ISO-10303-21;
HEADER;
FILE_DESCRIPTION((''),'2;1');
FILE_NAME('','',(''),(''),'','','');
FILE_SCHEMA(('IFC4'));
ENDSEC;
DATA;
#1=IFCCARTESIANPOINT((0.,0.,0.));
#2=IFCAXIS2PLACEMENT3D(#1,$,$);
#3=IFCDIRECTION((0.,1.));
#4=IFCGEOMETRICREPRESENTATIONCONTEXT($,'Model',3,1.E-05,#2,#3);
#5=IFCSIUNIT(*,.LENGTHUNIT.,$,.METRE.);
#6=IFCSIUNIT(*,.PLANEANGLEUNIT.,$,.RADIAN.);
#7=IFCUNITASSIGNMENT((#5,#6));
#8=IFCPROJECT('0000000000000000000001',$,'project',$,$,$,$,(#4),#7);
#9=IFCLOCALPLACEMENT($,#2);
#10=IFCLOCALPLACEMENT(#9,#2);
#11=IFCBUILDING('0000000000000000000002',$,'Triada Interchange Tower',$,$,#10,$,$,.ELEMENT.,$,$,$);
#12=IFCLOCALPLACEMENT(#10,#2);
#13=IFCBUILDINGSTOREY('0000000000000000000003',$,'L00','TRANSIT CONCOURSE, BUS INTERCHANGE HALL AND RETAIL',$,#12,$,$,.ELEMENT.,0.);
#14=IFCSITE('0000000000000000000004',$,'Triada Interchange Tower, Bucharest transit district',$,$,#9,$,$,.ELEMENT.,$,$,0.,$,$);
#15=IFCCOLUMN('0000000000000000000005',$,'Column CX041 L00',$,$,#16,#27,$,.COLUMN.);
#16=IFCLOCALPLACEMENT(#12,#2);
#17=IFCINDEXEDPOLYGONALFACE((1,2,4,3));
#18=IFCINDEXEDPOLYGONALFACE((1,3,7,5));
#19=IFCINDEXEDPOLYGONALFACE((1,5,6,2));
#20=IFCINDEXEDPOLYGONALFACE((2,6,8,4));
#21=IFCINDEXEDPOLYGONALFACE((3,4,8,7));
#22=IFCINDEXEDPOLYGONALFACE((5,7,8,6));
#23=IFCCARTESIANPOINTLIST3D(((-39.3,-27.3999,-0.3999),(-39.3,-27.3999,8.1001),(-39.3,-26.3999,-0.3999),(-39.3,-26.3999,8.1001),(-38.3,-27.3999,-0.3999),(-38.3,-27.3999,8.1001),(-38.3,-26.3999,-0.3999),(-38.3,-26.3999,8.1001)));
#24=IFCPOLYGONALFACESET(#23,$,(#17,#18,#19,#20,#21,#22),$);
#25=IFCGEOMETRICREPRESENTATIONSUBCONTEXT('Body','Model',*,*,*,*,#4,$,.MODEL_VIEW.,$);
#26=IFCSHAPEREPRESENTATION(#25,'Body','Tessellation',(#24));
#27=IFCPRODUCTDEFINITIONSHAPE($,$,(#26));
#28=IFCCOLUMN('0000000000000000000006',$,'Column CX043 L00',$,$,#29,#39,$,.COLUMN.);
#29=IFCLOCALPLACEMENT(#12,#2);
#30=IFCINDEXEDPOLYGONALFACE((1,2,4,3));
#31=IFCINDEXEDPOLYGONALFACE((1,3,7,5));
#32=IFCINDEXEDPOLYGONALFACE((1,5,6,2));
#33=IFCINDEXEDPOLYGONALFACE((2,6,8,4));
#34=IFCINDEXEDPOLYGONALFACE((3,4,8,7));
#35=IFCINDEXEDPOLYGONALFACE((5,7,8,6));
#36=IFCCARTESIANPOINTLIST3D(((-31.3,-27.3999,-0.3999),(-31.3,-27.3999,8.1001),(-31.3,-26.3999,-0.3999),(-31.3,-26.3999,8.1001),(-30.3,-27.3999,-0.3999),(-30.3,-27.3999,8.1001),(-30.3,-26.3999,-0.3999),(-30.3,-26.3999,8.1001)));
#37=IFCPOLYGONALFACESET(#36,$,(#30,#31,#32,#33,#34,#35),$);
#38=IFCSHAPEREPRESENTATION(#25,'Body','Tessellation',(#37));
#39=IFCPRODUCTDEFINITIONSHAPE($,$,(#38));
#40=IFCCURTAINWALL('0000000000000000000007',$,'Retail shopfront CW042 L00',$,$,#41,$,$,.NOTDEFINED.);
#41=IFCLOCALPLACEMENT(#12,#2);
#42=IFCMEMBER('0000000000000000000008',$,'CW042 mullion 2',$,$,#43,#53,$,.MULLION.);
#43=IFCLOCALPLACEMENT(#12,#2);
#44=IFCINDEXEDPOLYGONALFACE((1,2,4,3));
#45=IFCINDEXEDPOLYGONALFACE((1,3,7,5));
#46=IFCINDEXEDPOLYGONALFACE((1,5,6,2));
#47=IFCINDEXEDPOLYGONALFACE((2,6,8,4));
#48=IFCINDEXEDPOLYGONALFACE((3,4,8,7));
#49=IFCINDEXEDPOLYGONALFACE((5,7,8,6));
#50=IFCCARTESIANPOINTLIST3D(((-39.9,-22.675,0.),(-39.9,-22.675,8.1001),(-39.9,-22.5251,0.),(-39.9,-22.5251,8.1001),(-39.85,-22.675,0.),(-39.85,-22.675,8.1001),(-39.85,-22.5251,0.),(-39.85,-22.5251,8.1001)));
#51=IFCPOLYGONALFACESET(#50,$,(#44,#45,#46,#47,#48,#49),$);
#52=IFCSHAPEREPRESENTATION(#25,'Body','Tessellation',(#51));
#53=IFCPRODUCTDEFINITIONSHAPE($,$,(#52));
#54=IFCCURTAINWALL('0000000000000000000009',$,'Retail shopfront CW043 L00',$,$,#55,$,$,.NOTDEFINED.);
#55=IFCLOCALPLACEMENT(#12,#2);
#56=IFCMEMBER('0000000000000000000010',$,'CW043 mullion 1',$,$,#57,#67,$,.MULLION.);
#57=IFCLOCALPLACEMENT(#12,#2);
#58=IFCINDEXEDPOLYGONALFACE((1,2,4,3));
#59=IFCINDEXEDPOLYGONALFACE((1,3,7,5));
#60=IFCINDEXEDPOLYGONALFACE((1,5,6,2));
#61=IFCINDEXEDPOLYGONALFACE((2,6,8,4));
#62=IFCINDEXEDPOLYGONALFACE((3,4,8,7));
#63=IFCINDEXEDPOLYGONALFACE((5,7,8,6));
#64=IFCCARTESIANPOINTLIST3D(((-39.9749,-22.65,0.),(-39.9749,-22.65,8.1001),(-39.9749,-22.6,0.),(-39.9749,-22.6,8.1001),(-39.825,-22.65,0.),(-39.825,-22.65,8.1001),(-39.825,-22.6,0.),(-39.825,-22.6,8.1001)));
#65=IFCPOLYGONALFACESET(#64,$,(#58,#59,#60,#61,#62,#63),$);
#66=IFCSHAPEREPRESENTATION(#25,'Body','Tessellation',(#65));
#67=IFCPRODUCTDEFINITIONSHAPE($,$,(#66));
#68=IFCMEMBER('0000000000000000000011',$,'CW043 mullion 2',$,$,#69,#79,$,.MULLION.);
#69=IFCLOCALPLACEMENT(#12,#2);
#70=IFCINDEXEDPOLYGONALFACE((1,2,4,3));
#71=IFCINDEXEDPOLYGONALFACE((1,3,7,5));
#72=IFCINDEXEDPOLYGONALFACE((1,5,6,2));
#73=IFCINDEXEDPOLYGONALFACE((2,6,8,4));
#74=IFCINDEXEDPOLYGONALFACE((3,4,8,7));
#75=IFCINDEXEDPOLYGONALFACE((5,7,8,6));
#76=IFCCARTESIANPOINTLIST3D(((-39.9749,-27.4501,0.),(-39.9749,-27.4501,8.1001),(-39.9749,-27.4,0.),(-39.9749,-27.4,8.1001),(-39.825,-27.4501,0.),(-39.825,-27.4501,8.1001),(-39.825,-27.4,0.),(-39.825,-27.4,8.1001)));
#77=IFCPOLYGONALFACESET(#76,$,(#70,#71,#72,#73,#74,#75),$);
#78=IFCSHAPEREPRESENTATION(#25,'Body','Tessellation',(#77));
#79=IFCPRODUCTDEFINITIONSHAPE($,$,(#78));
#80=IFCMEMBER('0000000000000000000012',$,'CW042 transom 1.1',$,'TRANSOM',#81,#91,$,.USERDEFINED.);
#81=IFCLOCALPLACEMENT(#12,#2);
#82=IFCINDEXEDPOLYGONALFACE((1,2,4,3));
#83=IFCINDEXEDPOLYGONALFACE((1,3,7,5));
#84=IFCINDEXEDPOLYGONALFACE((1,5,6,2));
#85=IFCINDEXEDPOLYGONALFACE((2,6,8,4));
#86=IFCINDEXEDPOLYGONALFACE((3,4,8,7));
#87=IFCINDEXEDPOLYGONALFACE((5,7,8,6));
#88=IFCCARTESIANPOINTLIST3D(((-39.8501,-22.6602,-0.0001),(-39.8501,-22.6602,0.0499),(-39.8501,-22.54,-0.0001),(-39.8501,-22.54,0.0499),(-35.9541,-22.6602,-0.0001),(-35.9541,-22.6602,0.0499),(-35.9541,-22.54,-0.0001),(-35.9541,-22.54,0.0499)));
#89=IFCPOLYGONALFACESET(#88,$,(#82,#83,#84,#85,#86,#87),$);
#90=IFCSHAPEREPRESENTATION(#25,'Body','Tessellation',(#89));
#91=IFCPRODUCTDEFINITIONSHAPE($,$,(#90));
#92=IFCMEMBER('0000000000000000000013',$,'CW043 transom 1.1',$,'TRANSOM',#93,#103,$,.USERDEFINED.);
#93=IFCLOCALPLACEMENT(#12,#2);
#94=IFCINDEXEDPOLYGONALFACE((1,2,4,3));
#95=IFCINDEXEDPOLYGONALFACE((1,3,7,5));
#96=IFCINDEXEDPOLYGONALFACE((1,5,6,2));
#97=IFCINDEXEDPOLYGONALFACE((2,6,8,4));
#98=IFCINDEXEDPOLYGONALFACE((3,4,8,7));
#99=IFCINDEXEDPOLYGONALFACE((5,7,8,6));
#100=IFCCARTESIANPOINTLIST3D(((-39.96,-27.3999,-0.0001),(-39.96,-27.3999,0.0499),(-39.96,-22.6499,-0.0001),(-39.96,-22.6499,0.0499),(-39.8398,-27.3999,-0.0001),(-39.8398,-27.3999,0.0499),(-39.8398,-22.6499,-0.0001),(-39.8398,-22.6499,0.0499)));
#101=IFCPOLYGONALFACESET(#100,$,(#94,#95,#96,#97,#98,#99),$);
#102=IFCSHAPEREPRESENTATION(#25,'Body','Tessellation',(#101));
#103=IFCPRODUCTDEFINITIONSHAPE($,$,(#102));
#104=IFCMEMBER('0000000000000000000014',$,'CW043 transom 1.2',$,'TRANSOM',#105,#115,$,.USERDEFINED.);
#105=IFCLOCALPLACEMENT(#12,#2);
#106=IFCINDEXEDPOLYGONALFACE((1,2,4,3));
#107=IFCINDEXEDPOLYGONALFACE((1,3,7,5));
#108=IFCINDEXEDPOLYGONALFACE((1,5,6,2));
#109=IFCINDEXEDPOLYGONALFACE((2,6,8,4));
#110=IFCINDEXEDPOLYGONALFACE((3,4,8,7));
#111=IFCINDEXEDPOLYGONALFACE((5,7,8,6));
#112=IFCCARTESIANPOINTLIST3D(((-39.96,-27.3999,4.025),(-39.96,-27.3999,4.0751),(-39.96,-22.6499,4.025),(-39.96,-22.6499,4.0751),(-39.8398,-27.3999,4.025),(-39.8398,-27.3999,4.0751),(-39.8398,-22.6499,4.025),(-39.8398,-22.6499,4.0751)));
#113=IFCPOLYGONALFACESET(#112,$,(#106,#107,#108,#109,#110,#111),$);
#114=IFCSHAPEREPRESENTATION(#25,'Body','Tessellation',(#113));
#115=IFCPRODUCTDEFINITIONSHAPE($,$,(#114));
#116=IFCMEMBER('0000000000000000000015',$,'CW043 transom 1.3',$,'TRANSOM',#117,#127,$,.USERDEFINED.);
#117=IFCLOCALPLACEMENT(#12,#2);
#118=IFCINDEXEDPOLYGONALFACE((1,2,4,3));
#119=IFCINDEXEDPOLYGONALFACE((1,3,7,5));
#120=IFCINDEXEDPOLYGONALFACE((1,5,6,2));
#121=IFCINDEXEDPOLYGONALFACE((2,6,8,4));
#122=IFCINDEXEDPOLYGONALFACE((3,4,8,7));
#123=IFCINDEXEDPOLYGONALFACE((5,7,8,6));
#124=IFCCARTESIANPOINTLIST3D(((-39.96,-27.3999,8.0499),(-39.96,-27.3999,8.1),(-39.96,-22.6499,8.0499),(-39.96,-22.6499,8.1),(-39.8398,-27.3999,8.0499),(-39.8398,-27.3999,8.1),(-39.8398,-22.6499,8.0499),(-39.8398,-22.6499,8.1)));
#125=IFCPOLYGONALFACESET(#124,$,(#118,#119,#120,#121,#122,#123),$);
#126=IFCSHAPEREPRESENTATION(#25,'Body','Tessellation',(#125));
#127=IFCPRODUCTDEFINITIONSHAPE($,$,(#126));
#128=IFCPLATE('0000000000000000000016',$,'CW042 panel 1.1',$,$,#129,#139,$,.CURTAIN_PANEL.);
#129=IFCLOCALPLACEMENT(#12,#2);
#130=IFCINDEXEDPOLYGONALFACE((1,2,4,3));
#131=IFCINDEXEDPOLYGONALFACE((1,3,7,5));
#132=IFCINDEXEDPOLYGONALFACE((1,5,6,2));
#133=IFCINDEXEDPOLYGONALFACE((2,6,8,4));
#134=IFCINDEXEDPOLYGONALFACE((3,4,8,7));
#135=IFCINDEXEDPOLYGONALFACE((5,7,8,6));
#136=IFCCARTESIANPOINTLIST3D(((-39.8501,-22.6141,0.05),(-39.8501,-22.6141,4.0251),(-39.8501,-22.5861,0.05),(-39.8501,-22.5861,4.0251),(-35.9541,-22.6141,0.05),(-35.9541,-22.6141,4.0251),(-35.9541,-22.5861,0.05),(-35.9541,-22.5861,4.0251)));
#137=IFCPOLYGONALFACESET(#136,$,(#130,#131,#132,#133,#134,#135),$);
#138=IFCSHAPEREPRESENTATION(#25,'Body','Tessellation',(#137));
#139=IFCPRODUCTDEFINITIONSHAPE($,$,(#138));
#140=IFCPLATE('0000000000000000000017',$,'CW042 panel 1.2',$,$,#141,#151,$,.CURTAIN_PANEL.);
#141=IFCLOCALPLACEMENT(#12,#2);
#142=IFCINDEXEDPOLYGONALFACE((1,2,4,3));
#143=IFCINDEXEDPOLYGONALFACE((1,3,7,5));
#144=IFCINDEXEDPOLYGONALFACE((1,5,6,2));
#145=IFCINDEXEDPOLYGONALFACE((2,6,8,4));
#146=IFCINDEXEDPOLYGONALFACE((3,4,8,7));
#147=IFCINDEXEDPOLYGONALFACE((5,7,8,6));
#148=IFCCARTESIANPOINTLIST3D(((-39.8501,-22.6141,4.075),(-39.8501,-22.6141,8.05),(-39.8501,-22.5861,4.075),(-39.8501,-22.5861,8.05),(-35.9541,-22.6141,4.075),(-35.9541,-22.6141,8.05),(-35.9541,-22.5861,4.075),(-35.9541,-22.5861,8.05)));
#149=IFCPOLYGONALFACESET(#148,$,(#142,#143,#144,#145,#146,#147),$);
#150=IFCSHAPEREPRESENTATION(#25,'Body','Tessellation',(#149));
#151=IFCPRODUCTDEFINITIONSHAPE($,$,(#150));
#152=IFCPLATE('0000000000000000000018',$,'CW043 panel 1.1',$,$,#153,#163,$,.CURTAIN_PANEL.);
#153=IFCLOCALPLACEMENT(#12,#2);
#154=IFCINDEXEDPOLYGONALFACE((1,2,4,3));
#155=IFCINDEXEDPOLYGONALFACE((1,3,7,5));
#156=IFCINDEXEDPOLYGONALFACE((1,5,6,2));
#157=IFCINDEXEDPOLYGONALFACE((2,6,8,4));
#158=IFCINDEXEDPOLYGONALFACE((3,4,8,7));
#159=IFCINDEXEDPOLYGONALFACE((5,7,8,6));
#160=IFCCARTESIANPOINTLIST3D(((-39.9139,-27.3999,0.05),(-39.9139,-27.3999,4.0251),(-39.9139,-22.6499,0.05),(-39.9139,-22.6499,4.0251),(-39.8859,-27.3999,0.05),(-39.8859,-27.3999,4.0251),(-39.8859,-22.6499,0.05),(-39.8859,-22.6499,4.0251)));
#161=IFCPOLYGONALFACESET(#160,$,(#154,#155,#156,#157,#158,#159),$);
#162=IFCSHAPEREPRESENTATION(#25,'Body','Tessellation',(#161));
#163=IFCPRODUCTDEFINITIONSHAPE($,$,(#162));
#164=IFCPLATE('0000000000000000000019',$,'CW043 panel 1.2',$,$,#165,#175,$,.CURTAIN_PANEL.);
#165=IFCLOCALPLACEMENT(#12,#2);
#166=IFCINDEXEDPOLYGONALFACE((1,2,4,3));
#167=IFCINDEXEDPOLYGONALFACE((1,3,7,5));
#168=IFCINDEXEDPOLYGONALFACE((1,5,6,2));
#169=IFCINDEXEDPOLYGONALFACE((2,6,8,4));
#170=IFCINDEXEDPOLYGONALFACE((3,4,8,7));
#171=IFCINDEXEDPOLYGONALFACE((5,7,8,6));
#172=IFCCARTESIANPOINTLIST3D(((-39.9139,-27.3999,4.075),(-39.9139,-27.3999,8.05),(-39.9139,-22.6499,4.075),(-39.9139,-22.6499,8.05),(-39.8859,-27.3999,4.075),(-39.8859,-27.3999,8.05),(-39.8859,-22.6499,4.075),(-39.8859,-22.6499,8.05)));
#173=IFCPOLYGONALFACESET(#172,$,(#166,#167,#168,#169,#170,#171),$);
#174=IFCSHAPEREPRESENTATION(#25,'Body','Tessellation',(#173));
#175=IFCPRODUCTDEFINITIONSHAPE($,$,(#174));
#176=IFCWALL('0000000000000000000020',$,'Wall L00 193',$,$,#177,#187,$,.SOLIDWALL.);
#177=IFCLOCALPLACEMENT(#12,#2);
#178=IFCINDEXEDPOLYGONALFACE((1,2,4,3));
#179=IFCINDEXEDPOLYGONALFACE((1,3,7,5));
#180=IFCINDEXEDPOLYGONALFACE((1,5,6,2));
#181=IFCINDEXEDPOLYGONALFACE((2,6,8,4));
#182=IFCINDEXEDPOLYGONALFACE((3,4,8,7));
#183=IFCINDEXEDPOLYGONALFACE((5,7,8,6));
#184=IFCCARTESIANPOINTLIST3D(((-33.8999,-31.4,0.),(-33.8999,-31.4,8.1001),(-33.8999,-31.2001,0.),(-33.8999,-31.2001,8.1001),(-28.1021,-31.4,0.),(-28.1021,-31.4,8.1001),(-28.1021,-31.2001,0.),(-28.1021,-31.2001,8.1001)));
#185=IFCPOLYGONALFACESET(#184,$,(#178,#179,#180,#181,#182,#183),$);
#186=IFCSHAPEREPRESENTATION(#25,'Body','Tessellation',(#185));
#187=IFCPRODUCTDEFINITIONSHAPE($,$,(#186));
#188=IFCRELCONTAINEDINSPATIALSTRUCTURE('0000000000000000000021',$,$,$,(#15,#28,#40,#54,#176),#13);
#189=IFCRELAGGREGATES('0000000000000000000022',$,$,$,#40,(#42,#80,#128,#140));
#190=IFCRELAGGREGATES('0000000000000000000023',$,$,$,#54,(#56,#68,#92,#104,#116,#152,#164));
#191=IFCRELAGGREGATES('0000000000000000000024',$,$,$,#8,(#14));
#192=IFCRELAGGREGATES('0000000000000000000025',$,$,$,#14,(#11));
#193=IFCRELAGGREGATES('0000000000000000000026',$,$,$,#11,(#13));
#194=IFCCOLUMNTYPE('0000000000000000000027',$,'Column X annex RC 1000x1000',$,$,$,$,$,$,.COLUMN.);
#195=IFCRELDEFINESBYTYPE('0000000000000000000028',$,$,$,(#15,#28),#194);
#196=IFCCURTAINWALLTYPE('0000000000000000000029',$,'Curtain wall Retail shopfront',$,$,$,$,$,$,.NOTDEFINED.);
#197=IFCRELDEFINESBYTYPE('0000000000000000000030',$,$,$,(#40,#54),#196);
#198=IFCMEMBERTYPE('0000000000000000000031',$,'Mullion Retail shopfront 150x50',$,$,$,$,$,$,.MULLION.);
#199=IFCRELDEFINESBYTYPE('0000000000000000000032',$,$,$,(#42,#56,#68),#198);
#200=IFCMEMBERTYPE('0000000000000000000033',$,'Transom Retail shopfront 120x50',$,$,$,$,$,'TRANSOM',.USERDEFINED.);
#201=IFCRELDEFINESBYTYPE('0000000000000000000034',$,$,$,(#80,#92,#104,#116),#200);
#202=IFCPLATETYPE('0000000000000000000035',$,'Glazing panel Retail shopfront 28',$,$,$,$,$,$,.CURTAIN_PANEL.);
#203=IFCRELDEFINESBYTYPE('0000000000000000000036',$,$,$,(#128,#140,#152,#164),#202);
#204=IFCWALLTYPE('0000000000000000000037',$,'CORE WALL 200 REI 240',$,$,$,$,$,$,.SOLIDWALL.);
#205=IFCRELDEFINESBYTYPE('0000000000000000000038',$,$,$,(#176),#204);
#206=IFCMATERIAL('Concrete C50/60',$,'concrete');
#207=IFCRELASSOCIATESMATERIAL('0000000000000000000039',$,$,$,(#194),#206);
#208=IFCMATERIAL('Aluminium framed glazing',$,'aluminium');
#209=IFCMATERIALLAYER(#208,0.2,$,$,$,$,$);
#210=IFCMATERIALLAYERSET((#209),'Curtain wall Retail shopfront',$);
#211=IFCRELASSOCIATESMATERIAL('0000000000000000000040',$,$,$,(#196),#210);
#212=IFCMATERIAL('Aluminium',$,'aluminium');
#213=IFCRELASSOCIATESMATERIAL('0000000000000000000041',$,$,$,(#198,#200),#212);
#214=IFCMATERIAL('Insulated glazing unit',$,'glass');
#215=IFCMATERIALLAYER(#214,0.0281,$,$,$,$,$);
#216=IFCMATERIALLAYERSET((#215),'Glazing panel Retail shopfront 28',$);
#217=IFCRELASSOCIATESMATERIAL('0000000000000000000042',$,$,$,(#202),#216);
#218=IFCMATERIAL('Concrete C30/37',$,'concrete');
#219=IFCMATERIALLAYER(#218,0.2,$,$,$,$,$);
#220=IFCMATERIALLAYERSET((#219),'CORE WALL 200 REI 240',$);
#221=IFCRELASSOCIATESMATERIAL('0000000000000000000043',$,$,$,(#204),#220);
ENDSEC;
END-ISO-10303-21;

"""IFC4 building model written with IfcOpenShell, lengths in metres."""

from ifc_helpers import new_model, si_unit, direction, frame, frame_2d, origin, origin_2d, place, context, subcontext, project, spatial, rectangle, extrude, material, layer, layer_set, material_profile, profile_set, type_object, element, aggregate, save


model = new_model("IFC4")

# Units and contexts
model_context = context("Model", 3, precision=1e-05, world=origin(), true_north=direction((0.0, 1.0)))
body_context = subcontext(model_context, "Body", "Model", "MODEL_VIEW")
ifc_project = project(units=[si_unit("LENGTHUNIT", "METRE"), si_unit("PLANEANGLEUNIT", "RADIAN")], contexts=[model_context])

# Site, building, storey
site_placement = place(None, origin())
site = spatial("IfcSite", under=ifc_project, at=site_placement, Name="Triada Interchange Tower, Bucharest transit district", CompositionType="ELEMENT", RefElevation=0.0)
building_placement = place(site_placement, origin())
building = spatial("IfcBuilding", under=site, at=building_placement, Name="Triada Interchange Tower", CompositionType="ELEMENT")
storey_placement = place(building_placement, origin())
storey = spatial("IfcBuildingStorey", under=building, at=storey_placement, Name="L00", Description="TRANSIT CONCOURSE, BUS INTERCHANGE HALL AND RETAIL", CompositionType="ELEMENT", Elevation=0.0)

# Columns
ifc_material_1 = material(Name="Concrete C50/60", Category="concrete")
ifc_material_profile_1 = material_profile(ifc_material_1, rectangle(XDim=1.0, YDim=1.0, at=origin_2d()), Name="RC 1000x1000")
ifc_profile_set_1 = profile_set([ifc_material_profile_1], Name="Concrete C50/60")
column_type = type_object("IfcColumnType", Name="Column X annex RC 1000x1000", PredefinedType="COLUMN", material=ifc_profile_set_1)
for number, where, z_axis, x_axis, name in (
    (1, (-38.8, -26.8999, -0.3999), (0.0, 0.0, 1.0), (1.0, 0.0, 0.0), "Column CX041 L00"),
    (2, (-30.8, -26.8999, -0.3999), (0.0, 0.0, 1.0), (1.0, 0.0, 0.0), "Column CX043 L00"),
):
    element("IfcColumn", number, at=place(storey_placement, frame(where, z_axis=z_axis, x_axis=x_axis)), inside=storey, type_object=column_type, Name=name, PredefinedType="COLUMN", context=body_context, shape_type="SweptSolid", body=[
        extrude(rectangle(XDim=1.0, YDim=1.0, at=origin_2d()), origin(), (0.0, 0.0, 1.0), 8.5),
    ])

# Curtain wall, member
ifc_material_2 = material(Name="Aluminium framed glazing", Category="aluminium")
ifc_layer_1 = layer(ifc_material_2, 0.2)
ifc_layer_set_1 = layer_set([ifc_layer_1], Name="Curtain wall Retail shopfront")
curtain_wall_type = type_object("IfcCurtainWallType", Name="Curtain wall Retail shopfront", PredefinedType="NOTDEFINED", material=ifc_layer_set_1)
curtain_wall_1_placement = place(storey_placement, origin())
curtain_wall_1 = element("IfcCurtainWall", 3, at=curtain_wall_1_placement, inside=storey, type_object=curtain_wall_type, Name="Retail shopfront CW042 L00", PredefinedType="NOTDEFINED")
ifc_material_3 = material(Name="Aluminium", Category="aluminium")
ifc_material_profile_2 = material_profile(ifc_material_3, rectangle(XDim=0.1499, YDim=0.05, at=origin_2d()), Name="Aluminium mullion")
ifc_profile_set_2 = profile_set([ifc_material_profile_2], Name="Aluminium")
member_type_1 = type_object("IfcMemberType", Name="Mullion Retail shopfront 150x50", PredefinedType="MULLION", material=ifc_profile_set_2)
member_1_placement = place(storey_placement, frame((-39.875, -22.6001, 0.0), z_axis=(0.0, 0.0, 1.0), x_axis=(0.0, -1.0, 0.0)))
member_1 = element("IfcMember", 4, at=member_1_placement, type_object=member_type_1, Name="CW042 mullion 2", PredefinedType="MULLION", context=body_context, shape_type="SweptSolid", body=[
    extrude(rectangle(XDim=0.1499, YDim=0.05, at=origin_2d()), origin(), (0.0, 0.0, 1.0), 8.1001),
])

# Curtain wall, members
curtain_wall_2_placement = place(storey_placement, origin())
curtain_wall_2 = element("IfcCurtainWall", 5, at=curtain_wall_2_placement, inside=storey, type_object=curtain_wall_type, Name="Retail shopfront CW043 L00", PredefinedType="NOTDEFINED")
member_2_placement = place(storey_placement, frame((-39.8999, -22.625, 0.0), z_axis=(0.0, 0.0, 1.0), x_axis=(1.0, 0.0, 0.0)))
member_2 = element("IfcMember", 6, at=member_2_placement, type_object=member_type_1, Name="CW043 mullion 1", PredefinedType="MULLION", context=body_context, shape_type="SweptSolid", body=[
    extrude(rectangle(XDim=0.1499, YDim=0.05, at=origin_2d()), origin(), (0.0, 0.0, 1.0), 8.1001),
])
member_3_placement = place(storey_placement, frame((-39.8999, -27.425, 0.0), z_axis=(0.0, 0.0, 1.0), x_axis=(1.0, 0.0, 0.0)))
member_3 = element("IfcMember", 7, at=member_3_placement, type_object=member_type_1, Name="CW043 mullion 2", PredefinedType="MULLION", context=body_context, shape_type="SweptSolid", body=[
    extrude(rectangle(XDim=0.1499, YDim=0.05, at=origin_2d()), origin(), (0.0, 0.0, 1.0), 8.1001),
])

# Members
ifc_material_profile_3 = material_profile(ifc_material_3, rectangle(XDim=0.1201, YDim=0.05, at=origin_2d()), Name="Aluminium transom")
ifc_profile_set_3 = profile_set([ifc_material_profile_3], Name="Aluminium")
member_type_2 = type_object("IfcMemberType", Name="Transom Retail shopfront 120x50", ElementType="TRANSOM", PredefinedType="USERDEFINED", material=ifc_profile_set_3)
member_4_placement = place(storey_placement, frame((-35.9541, -22.6001, 0.0249), z_axis=(-1.0, 0.0, 0.0), x_axis=(0.0, -1.0, 0.0)))
member_4 = element("IfcMember", 8, at=member_4_placement, type_object=member_type_2, Name="CW042 transom 1.1", ObjectType="TRANSOM", PredefinedType="USERDEFINED", context=body_context, shape_type="SweptSolid", body=[
    extrude(rectangle(XDim=0.1201, YDim=0.05, at=origin_2d()), origin(), (0.0, 0.0, 1.0), 3.896),
])
member_5_placement = place(storey_placement, frame((-39.8999, -22.6499, 0.0249), z_axis=(0.0, -1.0, 0.0), x_axis=(1.0, 0.0, 0.0)))
member_5 = element("IfcMember", 9, at=member_5_placement, type_object=member_type_2, Name="CW043 transom 1.1", ObjectType="TRANSOM", PredefinedType="USERDEFINED", context=body_context, shape_type="SweptSolid", body=[
    extrude(rectangle(XDim=0.1201, YDim=0.05, at=origin_2d()), origin(), (0.0, 0.0, 1.0), 4.75),
])
member_6_placement = place(storey_placement, frame((-39.8999, -22.6499, 4.05), z_axis=(0.0, -1.0, 0.0), x_axis=(1.0, 0.0, 0.0)))
member_6 = element("IfcMember", 10, at=member_6_placement, type_object=member_type_2, Name="CW043 transom 1.2", ObjectType="TRANSOM", PredefinedType="USERDEFINED", context=body_context, shape_type="SweptSolid", body=[
    extrude(rectangle(XDim=0.1201, YDim=0.05, at=origin_2d()), origin(), (0.0, 0.0, 1.0), 4.75),
])
member_7_placement = place(storey_placement, frame((-39.8999, -22.6499, 8.075), z_axis=(0.0, -1.0, 0.0), x_axis=(1.0, 0.0, 0.0)))
member_7 = element("IfcMember", 11, at=member_7_placement, type_object=member_type_2, Name="CW043 transom 1.3", ObjectType="TRANSOM", PredefinedType="USERDEFINED", context=body_context, shape_type="SweptSolid", body=[
    extrude(rectangle(XDim=0.1201, YDim=0.05, at=origin_2d()), origin(), (0.0, 0.0, 1.0), 4.75),
])

# Plates
ifc_material_4 = material(Name="Insulated glazing unit", Category="glass")
ifc_layer_2 = layer(ifc_material_4, 0.0281)
ifc_layer_set_2 = layer_set([ifc_layer_2], Name="Glazing panel Retail shopfront 28")
plate_type = type_object("IfcPlateType", Name="Glazing panel Retail shopfront 28", PredefinedType="CURTAIN_PANEL", material=ifc_layer_set_2)
plate_1_placement = place(storey_placement, frame((-37.9021, -22.6001, 0.05), z_axis=(0.0, 0.0, 1.0), x_axis=(-1.0, 0.0, 0.0)))
plate_1 = element("IfcPlate", 12, at=plate_1_placement, type_object=plate_type, Name="CW042 panel 1.1", PredefinedType="CURTAIN_PANEL", context=body_context, shape_type="SweptSolid", body=[
    extrude(rectangle(XDim=3.896, YDim=0.0281, at=origin_2d()), origin(), (0.0, 0.0, 1.0), 3.9751),
])
plate_2_placement = place(storey_placement, frame((-37.9021, -22.6001, 4.075), z_axis=(0.0, 0.0, 1.0), x_axis=(-1.0, 0.0, 0.0)))
plate_2 = element("IfcPlate", 13, at=plate_2_placement, type_object=plate_type, Name="CW042 panel 1.2", PredefinedType="CURTAIN_PANEL", context=body_context, shape_type="SweptSolid", body=[
    extrude(rectangle(XDim=3.896, YDim=0.0281, at=origin_2d()), origin(), (0.0, 0.0, 1.0), 3.9751),
])
aggregate(curtain_wall_1, [member_1, member_4, plate_1, plate_2])
plate_3_placement = place(storey_placement, frame((-39.8999, -25.0249, 0.05), z_axis=(0.0, 0.0, 1.0), x_axis=(0.0, -1.0, 0.0)))
plate_3 = element("IfcPlate", 14, at=plate_3_placement, type_object=plate_type, Name="CW043 panel 1.1", PredefinedType="CURTAIN_PANEL", context=body_context, shape_type="SweptSolid", body=[
    extrude(rectangle(XDim=4.75, YDim=0.0281, at=origin_2d()), origin(), (0.0, 0.0, 1.0), 3.9751),
])
plate_4_placement = place(storey_placement, frame((-39.8999, -25.0249, 4.075), z_axis=(0.0, 0.0, 1.0), x_axis=(0.0, -1.0, 0.0)))
plate_4 = element("IfcPlate", 15, at=plate_4_placement, type_object=plate_type, Name="CW043 panel 1.2", PredefinedType="CURTAIN_PANEL", context=body_context, shape_type="SweptSolid", body=[
    extrude(rectangle(XDim=4.75, YDim=0.0281, at=origin_2d()), origin(), (0.0, 0.0, 1.0), 3.9751),
])
aggregate(curtain_wall_2, [member_2, member_3, member_5, member_6, member_7, plate_3, plate_4])

# Wall
ifc_material_5 = material(Name="Concrete C30/37", Category="concrete")
ifc_layer_3 = layer(ifc_material_5, 0.2)
ifc_layer_set_3 = layer_set([ifc_layer_3], Name="CORE WALL 200 REI 240")
wall_type_1 = type_object("IfcWallType", Name="CORE WALL 200 REI 240", PredefinedType="SOLIDWALL", material=ifc_layer_set_3)
wall_1_placement = place(storey_placement, frame((-33.8999, -31.3, 0.0), z_axis=(0.0, 0.0, 1.0), x_axis=(1.0, 0.0, 0.0)))
element("IfcWall", 16, at=wall_1_placement, inside=storey, type_object=wall_type_1, Name="Wall L00 193", PredefinedType="SOLIDWALL", context=body_context, shape_type="SweptSolid", body=[
    extrude(rectangle(XDim=5.7979, YDim=0.2, at=frame_2d((2.8989, 0.0))), origin(), (0.0, 0.0, 1.0), 8.1001),
])

save(model, "model.ifc")
